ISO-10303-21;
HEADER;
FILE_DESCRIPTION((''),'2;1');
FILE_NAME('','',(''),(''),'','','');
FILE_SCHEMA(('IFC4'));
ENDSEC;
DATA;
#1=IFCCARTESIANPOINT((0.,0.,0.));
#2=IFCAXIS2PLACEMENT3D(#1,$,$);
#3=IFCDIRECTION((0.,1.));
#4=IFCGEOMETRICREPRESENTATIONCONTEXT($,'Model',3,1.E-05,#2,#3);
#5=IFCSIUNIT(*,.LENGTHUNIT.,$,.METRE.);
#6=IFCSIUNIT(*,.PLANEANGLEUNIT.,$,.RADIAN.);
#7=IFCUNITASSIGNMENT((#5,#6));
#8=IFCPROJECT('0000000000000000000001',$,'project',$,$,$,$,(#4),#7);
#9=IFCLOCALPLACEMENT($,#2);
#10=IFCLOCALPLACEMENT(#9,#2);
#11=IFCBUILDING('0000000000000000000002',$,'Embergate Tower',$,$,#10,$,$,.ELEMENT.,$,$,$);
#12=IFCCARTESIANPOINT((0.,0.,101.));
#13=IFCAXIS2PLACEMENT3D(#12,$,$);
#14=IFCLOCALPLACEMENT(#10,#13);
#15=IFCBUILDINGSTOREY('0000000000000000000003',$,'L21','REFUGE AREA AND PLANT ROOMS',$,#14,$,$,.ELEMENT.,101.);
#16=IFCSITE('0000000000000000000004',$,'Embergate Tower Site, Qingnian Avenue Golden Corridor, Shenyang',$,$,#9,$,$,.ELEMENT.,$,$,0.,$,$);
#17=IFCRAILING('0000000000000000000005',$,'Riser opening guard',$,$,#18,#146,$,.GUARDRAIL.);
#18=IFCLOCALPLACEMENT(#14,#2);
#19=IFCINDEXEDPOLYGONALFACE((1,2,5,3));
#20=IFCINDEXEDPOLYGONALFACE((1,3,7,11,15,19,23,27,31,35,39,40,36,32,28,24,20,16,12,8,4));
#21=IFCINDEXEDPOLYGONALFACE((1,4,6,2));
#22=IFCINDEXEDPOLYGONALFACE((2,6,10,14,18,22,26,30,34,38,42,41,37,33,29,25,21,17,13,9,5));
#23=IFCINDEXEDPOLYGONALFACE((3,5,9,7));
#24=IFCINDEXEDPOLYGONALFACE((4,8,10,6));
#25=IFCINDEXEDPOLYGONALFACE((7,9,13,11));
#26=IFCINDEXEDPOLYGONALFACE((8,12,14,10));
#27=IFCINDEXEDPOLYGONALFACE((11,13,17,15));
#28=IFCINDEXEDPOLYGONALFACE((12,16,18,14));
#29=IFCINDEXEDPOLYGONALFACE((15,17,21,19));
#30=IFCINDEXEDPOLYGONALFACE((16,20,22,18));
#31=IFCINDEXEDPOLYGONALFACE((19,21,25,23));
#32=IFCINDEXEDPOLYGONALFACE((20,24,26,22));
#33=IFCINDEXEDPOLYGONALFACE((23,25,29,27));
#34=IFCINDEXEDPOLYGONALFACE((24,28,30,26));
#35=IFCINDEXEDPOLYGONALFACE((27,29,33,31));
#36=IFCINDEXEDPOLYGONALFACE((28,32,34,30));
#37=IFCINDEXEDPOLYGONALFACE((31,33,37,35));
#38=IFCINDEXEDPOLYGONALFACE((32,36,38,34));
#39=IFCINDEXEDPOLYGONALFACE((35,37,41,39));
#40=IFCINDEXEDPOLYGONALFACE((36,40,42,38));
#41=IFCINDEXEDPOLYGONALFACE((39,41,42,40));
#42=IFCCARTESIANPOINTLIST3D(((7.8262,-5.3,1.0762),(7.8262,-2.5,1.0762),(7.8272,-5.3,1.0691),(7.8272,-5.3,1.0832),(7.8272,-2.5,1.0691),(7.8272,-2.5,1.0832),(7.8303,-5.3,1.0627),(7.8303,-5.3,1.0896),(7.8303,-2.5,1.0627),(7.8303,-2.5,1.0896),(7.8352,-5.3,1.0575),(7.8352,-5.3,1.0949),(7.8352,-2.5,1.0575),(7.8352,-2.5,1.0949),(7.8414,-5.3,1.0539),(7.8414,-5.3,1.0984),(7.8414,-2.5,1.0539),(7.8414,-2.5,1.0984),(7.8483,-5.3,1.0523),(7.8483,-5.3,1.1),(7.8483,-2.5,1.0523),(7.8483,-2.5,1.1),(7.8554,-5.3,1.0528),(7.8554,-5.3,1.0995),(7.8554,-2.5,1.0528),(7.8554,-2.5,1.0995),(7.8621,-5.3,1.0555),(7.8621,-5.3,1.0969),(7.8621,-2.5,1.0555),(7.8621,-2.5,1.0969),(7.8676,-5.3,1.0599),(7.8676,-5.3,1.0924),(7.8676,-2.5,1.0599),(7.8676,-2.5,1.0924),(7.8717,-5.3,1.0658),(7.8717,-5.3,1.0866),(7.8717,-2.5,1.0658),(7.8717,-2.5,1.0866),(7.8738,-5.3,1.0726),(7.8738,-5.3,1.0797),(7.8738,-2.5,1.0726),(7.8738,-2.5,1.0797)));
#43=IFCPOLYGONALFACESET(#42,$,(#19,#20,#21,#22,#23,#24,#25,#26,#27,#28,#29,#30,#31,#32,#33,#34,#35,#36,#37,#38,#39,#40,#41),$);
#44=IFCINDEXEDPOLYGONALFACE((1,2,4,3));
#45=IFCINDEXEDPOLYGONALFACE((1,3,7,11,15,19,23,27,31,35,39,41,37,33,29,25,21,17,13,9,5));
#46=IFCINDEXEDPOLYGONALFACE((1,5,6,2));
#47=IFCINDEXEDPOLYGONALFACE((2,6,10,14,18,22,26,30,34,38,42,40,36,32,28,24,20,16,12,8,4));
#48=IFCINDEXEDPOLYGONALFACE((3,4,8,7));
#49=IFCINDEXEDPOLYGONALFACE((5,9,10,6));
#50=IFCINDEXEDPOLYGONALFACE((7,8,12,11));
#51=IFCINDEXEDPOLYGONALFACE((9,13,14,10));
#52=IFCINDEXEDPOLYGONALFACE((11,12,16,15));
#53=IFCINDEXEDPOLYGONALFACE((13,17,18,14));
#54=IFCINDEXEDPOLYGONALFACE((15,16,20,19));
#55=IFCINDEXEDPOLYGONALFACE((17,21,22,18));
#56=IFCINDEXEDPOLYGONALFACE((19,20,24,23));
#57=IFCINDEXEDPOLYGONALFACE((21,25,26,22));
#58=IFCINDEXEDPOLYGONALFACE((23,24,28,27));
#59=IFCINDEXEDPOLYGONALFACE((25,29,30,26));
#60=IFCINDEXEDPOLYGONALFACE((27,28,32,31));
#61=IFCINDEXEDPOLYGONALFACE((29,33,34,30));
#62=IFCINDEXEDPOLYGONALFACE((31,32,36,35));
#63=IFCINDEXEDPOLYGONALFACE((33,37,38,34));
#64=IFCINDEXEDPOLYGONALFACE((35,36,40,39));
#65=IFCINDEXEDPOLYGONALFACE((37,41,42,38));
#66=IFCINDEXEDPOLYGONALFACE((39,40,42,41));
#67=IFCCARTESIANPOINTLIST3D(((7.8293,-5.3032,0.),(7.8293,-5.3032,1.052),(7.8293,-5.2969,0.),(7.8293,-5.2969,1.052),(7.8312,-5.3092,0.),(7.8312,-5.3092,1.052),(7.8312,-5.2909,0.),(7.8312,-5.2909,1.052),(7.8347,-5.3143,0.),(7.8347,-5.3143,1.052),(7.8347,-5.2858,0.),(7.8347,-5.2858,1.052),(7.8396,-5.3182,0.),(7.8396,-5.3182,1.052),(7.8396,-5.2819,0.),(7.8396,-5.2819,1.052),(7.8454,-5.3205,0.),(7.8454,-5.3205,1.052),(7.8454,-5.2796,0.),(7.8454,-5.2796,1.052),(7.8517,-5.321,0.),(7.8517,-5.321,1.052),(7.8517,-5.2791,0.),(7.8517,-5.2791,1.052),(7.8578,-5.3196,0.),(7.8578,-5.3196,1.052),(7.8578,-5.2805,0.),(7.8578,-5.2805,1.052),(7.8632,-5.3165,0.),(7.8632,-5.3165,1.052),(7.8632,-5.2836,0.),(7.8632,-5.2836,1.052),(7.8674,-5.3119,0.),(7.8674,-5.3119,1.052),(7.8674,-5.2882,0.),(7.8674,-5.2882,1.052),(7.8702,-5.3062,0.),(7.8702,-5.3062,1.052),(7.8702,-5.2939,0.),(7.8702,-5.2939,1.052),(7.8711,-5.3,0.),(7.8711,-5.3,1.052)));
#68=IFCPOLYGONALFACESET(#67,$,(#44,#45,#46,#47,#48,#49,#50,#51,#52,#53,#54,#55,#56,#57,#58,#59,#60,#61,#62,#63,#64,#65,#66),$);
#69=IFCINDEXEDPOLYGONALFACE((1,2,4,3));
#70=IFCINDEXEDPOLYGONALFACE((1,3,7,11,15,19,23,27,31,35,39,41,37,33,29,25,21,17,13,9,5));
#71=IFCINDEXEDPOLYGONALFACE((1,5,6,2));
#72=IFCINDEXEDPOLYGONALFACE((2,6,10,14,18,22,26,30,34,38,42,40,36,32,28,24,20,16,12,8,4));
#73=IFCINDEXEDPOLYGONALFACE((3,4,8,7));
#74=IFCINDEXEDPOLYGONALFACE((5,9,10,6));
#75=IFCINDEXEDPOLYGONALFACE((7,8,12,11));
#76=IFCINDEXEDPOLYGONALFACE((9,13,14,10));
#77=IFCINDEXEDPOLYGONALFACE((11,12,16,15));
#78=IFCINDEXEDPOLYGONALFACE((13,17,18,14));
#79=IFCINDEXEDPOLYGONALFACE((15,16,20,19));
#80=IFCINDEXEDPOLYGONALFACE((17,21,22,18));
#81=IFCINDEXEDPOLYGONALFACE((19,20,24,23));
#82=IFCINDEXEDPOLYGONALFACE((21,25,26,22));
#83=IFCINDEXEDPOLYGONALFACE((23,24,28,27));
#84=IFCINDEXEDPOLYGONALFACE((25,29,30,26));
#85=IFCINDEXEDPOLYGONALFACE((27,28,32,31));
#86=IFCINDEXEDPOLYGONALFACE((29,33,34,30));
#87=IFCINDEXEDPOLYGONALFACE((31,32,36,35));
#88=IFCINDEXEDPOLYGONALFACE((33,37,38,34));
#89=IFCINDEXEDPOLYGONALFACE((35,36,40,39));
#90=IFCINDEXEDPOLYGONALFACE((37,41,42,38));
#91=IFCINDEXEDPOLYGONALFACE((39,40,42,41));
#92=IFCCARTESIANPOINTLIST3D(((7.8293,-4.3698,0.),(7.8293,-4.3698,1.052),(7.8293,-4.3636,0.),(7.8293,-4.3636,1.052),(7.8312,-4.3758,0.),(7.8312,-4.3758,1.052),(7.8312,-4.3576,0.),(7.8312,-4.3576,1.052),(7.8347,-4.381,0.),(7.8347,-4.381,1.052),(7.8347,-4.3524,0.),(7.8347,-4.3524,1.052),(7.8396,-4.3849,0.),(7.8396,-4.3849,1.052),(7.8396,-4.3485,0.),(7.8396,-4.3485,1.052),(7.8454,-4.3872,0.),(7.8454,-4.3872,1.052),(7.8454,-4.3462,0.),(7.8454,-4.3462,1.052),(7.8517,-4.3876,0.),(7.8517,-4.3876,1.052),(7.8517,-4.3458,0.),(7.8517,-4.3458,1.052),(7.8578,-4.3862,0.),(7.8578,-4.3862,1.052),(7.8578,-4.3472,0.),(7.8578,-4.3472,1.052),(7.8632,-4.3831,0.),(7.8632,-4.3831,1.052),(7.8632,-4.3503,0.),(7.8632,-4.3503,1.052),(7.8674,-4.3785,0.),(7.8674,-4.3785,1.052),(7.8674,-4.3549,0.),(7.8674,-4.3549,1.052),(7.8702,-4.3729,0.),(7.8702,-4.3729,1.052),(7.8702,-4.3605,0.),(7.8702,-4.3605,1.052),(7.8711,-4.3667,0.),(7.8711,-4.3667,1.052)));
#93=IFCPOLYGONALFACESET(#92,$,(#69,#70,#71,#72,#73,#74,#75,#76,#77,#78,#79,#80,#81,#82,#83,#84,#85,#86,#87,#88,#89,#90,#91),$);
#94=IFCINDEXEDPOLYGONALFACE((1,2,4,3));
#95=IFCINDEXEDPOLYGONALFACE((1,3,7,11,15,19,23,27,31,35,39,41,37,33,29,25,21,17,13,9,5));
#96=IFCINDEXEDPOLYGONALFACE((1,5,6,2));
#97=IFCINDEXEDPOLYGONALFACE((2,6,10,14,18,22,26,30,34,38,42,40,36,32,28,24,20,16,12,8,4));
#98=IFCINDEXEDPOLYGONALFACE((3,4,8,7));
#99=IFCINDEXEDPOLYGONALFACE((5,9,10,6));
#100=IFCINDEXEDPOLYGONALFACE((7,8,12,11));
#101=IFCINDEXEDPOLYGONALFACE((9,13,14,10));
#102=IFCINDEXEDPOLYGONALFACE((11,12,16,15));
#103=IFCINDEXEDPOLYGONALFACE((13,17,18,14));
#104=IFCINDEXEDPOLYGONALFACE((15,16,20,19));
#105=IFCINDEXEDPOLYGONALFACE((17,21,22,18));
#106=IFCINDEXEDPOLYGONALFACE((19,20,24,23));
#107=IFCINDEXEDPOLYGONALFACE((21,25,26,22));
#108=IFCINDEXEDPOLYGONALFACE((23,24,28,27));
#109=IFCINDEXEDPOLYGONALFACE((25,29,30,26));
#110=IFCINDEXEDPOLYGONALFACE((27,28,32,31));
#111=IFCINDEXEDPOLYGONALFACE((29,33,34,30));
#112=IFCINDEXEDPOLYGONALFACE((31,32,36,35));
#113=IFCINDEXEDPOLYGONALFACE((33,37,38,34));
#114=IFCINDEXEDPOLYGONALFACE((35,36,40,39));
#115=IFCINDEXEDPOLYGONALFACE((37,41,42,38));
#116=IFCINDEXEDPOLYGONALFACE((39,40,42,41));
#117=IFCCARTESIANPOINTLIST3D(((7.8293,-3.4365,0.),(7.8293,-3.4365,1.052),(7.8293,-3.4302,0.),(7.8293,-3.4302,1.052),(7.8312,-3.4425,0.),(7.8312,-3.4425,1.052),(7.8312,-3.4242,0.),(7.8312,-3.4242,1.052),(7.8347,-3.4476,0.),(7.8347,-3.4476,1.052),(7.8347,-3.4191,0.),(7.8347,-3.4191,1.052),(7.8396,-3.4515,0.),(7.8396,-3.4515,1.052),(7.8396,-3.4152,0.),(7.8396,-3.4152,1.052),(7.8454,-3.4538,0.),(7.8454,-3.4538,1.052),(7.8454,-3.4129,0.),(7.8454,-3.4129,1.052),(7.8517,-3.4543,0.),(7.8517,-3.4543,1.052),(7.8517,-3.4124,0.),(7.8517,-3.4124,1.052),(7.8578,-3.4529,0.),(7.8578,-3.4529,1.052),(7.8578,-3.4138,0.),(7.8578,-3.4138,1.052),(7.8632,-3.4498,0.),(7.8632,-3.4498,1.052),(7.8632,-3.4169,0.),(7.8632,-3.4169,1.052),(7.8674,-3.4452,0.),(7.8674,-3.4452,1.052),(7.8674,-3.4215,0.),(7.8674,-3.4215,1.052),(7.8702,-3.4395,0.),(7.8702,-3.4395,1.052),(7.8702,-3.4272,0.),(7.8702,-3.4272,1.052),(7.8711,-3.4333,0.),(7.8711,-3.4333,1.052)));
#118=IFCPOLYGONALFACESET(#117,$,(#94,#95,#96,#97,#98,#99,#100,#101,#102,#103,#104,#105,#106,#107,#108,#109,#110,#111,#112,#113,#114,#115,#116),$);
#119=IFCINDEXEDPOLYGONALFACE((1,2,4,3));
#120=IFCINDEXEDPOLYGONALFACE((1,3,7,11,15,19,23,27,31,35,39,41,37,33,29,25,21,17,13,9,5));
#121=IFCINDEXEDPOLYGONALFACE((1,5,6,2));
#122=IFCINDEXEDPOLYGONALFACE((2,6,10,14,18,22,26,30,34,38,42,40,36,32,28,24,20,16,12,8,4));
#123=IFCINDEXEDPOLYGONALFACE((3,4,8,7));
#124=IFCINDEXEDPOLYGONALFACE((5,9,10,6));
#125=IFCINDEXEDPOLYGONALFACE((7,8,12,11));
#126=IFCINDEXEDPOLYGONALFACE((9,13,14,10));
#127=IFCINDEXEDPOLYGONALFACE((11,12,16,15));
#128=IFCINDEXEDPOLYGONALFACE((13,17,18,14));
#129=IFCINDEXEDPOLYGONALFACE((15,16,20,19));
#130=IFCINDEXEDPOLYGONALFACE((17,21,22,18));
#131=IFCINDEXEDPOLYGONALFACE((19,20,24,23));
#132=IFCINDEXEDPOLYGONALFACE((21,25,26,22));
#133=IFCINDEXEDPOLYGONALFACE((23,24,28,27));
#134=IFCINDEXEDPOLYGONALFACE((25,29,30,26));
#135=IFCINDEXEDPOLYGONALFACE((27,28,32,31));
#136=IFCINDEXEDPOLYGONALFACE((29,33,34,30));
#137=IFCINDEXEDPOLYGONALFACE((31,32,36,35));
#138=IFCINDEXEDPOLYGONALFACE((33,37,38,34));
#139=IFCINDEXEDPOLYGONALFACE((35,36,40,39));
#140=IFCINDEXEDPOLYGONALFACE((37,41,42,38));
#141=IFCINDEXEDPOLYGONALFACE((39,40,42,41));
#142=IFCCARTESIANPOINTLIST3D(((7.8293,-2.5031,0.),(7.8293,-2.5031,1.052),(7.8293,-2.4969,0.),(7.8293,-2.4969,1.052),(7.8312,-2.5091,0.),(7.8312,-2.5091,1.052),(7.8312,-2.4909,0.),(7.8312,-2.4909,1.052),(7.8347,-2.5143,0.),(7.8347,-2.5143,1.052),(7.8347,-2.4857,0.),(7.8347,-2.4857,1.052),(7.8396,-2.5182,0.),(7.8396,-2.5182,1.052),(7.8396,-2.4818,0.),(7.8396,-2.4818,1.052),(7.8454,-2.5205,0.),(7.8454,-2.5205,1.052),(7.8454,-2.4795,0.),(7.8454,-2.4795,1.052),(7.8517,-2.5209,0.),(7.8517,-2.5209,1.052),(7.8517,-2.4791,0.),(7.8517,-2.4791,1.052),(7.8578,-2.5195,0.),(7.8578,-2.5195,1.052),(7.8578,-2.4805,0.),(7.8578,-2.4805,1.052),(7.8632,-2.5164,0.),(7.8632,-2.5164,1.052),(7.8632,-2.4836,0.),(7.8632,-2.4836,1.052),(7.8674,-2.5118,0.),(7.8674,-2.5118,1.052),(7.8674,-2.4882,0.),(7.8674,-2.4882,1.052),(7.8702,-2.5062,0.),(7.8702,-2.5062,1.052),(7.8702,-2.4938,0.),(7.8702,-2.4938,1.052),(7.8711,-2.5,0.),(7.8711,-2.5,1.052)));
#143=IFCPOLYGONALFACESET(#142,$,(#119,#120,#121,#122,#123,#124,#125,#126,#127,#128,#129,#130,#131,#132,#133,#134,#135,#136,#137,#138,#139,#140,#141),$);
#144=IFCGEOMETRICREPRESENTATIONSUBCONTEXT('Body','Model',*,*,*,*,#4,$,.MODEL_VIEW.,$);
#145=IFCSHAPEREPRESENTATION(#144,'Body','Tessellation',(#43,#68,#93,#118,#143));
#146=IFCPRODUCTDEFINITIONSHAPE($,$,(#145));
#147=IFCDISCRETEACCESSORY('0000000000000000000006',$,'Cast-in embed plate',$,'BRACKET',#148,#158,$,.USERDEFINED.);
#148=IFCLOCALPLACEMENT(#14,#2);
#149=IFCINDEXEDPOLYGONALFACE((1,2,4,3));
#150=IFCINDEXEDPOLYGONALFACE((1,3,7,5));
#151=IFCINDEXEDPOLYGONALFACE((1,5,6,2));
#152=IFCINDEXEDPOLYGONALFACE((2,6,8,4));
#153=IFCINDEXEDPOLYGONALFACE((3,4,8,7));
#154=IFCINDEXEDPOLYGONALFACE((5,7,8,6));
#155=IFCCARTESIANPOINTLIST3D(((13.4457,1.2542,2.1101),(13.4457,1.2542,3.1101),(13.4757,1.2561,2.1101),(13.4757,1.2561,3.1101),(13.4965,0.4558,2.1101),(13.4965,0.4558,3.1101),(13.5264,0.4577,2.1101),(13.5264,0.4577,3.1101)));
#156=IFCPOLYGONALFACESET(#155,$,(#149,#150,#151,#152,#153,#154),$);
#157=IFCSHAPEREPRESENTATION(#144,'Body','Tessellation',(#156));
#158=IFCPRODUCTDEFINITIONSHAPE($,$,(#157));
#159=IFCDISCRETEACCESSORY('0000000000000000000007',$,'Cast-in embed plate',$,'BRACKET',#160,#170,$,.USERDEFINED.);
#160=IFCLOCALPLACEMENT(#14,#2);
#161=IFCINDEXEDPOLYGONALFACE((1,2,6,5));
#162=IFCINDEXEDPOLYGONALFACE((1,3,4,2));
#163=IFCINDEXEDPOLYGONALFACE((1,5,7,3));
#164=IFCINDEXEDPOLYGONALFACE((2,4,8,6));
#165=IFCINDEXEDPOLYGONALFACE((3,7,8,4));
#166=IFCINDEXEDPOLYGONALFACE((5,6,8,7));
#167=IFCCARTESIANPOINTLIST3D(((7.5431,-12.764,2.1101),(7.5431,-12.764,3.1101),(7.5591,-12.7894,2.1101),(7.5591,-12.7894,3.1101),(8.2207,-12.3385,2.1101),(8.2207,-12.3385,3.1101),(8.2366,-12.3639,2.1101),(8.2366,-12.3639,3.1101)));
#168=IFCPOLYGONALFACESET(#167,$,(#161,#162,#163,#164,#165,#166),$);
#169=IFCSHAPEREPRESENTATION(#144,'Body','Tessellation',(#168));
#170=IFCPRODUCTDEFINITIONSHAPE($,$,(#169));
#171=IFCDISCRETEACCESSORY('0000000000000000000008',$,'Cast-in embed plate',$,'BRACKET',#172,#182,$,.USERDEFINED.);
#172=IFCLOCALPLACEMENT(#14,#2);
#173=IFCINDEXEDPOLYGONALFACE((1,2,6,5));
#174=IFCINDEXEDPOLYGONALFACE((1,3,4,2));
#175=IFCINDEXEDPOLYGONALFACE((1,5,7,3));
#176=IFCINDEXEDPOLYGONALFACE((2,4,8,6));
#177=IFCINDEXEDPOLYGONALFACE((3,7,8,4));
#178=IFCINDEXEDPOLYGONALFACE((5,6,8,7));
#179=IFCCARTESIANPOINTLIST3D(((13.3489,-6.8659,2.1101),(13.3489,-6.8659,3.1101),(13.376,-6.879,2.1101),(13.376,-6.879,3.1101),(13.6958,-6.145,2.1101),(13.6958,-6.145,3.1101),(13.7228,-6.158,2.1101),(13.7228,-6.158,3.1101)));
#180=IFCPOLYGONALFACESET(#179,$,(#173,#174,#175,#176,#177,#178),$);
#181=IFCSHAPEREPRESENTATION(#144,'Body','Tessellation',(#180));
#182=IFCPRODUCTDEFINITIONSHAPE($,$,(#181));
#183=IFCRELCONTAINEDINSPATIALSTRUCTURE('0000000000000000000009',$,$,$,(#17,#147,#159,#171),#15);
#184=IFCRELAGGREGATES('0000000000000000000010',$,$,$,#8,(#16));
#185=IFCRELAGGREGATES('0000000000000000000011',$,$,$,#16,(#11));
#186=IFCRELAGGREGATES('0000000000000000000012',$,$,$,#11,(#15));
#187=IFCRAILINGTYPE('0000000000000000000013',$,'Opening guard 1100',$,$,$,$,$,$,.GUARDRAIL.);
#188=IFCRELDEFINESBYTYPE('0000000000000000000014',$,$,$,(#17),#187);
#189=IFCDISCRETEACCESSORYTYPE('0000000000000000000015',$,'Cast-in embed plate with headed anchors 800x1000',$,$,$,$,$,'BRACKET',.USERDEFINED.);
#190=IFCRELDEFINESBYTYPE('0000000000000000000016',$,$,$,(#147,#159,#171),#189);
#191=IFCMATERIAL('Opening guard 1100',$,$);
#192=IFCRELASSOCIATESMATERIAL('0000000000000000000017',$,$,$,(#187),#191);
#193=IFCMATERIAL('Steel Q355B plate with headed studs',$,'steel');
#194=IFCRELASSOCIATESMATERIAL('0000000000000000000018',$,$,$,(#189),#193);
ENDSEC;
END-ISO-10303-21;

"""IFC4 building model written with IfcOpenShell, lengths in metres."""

from ifc_helpers import new_model, si_unit, direction, frame, origin, origin_2d, place, context, subcontext, project, spatial, rectangle, circle, extrude, source, transform, mapped, material, type_object, element, save


model = new_model("IFC4")

# Units and contexts
model_context = context("Model", 3, precision=1e-05, world=origin(), true_north=direction((0.0, 1.0)))
body_context = subcontext(model_context, "Body", "Model", "MODEL_VIEW")
ifc_project = project(units=[si_unit("LENGTHUNIT", "METRE"), si_unit("PLANEANGLEUNIT", "RADIAN")], contexts=[model_context])

# Site, building, storey
site_placement = place(None, origin())
site = spatial("IfcSite", under=ifc_project, at=site_placement, Name="Embergate Tower Site, Qingnian Avenue Golden Corridor, Shenyang", CompositionType="ELEMENT", RefElevation=0.0)
building_placement = place(site_placement, origin())
building = spatial("IfcBuilding", under=site, at=building_placement, Name="Embergate Tower", CompositionType="ELEMENT")
storey_placement = place(building_placement, frame((0.0, 0.0, 101.0)))
storey = spatial("IfcBuildingStorey", under=building, at=storey_placement, Name="L21", Description="REFUGE AREA AND PLANT ROOMS", CompositionType="ELEMENT", Elevation=101.0)

# Railing
ifc_material_1 = material(Name="Opening guard 1100")
railing_type = type_object("IfcRailingType", Name="Opening guard 1100", PredefinedType="GUARDRAIL", material=ifc_material_1)
shared_shape_1 = source(origin(), body_context, "Body", "SweptSolid", [
    extrude(circle(Radius=0.0239, at=origin_2d()), frame((0.0, 0.0, 1.0762), z_axis=(0.0, 1.0, 0.0), x_axis=(-1.0, 0.0, 0.0)), (0.0, 0.0, 1.0), 2.8),
    extrude(circle(Radius=0.021, at=origin_2d()), origin(), (0.0, 0.0, 1.0), 1.052),
    extrude(circle(Radius=0.021, at=origin_2d()), frame((0.0, 0.9333, 0.0)), (0.0, 0.0, 1.0), 1.052),
    extrude(circle(Radius=0.021, at=origin_2d()), frame((0.0, 1.8667, 0.0)), (0.0, 0.0, 1.0), 1.052),
    extrude(circle(Radius=0.021, at=origin_2d()), frame((0.0, 2.8, 0.0)), (0.0, 0.0, 1.0), 1.052),
])
railing_placement = place(storey_placement, frame((7.8501, -5.3, 0.0)))
element("IfcRailing", 1, at=railing_placement, inside=storey, type_object=railing_type, Name="Riser opening guard", PredefinedType="GUARDRAIL", context=body_context, shape_type="MappedRepresentation", body=[
    mapped(shared_shape_1, transform((0.0, 0.0, 0.0))),
])

# Discrete accessories
ifc_material_2 = material(Name="Steel Q355B plate with headed studs", Category="steel")
discrete_accessory_type = type_object("IfcDiscreteAccessoryType", Name="Cast-in embed plate with headed anchors 800x1000", ElementType="BRACKET", PredefinedType="USERDEFINED", material=ifc_material_2)
shared_shape_2 = source(origin(), body_context, "Body", "SweptSolid", [
    extrude(rectangle(XDim=0.03, YDim=0.8, at=origin_2d()), origin(), (0.0, 0.0, 1.0), 1.0),
])
for number, where, z_axis, x_axis, name in (
    (2, (13.4861, 0.856, 2.1101), (0.0, 0.0, 1.0), (0.997988, 0.0634, 0.0), "Cast-in embed plate"),
    (3, (7.8899, -12.564, 2.1101), (0.0, 0.0, 1.0), (0.531842, -0.846844, 0.0), "Cast-in embed plate"),
    (4, (13.5359, -6.512, 2.1101), (0.0, 0.0, 1.0), (0.901153, -0.433502, 0.0), "Cast-in embed plate"),
):
    element("IfcDiscreteAccessory", number, at=place(storey_placement, frame(where, z_axis=z_axis, x_axis=x_axis)), inside=storey, type_object=discrete_accessory_type, Name=name, ObjectType="BRACKET", PredefinedType="USERDEFINED", context=body_context, shape_type="MappedRepresentation", body=[
        mapped(shared_shape_2, transform((0.0, 0.0, 0.0))),
    ])

save(model, "model.ifc")
